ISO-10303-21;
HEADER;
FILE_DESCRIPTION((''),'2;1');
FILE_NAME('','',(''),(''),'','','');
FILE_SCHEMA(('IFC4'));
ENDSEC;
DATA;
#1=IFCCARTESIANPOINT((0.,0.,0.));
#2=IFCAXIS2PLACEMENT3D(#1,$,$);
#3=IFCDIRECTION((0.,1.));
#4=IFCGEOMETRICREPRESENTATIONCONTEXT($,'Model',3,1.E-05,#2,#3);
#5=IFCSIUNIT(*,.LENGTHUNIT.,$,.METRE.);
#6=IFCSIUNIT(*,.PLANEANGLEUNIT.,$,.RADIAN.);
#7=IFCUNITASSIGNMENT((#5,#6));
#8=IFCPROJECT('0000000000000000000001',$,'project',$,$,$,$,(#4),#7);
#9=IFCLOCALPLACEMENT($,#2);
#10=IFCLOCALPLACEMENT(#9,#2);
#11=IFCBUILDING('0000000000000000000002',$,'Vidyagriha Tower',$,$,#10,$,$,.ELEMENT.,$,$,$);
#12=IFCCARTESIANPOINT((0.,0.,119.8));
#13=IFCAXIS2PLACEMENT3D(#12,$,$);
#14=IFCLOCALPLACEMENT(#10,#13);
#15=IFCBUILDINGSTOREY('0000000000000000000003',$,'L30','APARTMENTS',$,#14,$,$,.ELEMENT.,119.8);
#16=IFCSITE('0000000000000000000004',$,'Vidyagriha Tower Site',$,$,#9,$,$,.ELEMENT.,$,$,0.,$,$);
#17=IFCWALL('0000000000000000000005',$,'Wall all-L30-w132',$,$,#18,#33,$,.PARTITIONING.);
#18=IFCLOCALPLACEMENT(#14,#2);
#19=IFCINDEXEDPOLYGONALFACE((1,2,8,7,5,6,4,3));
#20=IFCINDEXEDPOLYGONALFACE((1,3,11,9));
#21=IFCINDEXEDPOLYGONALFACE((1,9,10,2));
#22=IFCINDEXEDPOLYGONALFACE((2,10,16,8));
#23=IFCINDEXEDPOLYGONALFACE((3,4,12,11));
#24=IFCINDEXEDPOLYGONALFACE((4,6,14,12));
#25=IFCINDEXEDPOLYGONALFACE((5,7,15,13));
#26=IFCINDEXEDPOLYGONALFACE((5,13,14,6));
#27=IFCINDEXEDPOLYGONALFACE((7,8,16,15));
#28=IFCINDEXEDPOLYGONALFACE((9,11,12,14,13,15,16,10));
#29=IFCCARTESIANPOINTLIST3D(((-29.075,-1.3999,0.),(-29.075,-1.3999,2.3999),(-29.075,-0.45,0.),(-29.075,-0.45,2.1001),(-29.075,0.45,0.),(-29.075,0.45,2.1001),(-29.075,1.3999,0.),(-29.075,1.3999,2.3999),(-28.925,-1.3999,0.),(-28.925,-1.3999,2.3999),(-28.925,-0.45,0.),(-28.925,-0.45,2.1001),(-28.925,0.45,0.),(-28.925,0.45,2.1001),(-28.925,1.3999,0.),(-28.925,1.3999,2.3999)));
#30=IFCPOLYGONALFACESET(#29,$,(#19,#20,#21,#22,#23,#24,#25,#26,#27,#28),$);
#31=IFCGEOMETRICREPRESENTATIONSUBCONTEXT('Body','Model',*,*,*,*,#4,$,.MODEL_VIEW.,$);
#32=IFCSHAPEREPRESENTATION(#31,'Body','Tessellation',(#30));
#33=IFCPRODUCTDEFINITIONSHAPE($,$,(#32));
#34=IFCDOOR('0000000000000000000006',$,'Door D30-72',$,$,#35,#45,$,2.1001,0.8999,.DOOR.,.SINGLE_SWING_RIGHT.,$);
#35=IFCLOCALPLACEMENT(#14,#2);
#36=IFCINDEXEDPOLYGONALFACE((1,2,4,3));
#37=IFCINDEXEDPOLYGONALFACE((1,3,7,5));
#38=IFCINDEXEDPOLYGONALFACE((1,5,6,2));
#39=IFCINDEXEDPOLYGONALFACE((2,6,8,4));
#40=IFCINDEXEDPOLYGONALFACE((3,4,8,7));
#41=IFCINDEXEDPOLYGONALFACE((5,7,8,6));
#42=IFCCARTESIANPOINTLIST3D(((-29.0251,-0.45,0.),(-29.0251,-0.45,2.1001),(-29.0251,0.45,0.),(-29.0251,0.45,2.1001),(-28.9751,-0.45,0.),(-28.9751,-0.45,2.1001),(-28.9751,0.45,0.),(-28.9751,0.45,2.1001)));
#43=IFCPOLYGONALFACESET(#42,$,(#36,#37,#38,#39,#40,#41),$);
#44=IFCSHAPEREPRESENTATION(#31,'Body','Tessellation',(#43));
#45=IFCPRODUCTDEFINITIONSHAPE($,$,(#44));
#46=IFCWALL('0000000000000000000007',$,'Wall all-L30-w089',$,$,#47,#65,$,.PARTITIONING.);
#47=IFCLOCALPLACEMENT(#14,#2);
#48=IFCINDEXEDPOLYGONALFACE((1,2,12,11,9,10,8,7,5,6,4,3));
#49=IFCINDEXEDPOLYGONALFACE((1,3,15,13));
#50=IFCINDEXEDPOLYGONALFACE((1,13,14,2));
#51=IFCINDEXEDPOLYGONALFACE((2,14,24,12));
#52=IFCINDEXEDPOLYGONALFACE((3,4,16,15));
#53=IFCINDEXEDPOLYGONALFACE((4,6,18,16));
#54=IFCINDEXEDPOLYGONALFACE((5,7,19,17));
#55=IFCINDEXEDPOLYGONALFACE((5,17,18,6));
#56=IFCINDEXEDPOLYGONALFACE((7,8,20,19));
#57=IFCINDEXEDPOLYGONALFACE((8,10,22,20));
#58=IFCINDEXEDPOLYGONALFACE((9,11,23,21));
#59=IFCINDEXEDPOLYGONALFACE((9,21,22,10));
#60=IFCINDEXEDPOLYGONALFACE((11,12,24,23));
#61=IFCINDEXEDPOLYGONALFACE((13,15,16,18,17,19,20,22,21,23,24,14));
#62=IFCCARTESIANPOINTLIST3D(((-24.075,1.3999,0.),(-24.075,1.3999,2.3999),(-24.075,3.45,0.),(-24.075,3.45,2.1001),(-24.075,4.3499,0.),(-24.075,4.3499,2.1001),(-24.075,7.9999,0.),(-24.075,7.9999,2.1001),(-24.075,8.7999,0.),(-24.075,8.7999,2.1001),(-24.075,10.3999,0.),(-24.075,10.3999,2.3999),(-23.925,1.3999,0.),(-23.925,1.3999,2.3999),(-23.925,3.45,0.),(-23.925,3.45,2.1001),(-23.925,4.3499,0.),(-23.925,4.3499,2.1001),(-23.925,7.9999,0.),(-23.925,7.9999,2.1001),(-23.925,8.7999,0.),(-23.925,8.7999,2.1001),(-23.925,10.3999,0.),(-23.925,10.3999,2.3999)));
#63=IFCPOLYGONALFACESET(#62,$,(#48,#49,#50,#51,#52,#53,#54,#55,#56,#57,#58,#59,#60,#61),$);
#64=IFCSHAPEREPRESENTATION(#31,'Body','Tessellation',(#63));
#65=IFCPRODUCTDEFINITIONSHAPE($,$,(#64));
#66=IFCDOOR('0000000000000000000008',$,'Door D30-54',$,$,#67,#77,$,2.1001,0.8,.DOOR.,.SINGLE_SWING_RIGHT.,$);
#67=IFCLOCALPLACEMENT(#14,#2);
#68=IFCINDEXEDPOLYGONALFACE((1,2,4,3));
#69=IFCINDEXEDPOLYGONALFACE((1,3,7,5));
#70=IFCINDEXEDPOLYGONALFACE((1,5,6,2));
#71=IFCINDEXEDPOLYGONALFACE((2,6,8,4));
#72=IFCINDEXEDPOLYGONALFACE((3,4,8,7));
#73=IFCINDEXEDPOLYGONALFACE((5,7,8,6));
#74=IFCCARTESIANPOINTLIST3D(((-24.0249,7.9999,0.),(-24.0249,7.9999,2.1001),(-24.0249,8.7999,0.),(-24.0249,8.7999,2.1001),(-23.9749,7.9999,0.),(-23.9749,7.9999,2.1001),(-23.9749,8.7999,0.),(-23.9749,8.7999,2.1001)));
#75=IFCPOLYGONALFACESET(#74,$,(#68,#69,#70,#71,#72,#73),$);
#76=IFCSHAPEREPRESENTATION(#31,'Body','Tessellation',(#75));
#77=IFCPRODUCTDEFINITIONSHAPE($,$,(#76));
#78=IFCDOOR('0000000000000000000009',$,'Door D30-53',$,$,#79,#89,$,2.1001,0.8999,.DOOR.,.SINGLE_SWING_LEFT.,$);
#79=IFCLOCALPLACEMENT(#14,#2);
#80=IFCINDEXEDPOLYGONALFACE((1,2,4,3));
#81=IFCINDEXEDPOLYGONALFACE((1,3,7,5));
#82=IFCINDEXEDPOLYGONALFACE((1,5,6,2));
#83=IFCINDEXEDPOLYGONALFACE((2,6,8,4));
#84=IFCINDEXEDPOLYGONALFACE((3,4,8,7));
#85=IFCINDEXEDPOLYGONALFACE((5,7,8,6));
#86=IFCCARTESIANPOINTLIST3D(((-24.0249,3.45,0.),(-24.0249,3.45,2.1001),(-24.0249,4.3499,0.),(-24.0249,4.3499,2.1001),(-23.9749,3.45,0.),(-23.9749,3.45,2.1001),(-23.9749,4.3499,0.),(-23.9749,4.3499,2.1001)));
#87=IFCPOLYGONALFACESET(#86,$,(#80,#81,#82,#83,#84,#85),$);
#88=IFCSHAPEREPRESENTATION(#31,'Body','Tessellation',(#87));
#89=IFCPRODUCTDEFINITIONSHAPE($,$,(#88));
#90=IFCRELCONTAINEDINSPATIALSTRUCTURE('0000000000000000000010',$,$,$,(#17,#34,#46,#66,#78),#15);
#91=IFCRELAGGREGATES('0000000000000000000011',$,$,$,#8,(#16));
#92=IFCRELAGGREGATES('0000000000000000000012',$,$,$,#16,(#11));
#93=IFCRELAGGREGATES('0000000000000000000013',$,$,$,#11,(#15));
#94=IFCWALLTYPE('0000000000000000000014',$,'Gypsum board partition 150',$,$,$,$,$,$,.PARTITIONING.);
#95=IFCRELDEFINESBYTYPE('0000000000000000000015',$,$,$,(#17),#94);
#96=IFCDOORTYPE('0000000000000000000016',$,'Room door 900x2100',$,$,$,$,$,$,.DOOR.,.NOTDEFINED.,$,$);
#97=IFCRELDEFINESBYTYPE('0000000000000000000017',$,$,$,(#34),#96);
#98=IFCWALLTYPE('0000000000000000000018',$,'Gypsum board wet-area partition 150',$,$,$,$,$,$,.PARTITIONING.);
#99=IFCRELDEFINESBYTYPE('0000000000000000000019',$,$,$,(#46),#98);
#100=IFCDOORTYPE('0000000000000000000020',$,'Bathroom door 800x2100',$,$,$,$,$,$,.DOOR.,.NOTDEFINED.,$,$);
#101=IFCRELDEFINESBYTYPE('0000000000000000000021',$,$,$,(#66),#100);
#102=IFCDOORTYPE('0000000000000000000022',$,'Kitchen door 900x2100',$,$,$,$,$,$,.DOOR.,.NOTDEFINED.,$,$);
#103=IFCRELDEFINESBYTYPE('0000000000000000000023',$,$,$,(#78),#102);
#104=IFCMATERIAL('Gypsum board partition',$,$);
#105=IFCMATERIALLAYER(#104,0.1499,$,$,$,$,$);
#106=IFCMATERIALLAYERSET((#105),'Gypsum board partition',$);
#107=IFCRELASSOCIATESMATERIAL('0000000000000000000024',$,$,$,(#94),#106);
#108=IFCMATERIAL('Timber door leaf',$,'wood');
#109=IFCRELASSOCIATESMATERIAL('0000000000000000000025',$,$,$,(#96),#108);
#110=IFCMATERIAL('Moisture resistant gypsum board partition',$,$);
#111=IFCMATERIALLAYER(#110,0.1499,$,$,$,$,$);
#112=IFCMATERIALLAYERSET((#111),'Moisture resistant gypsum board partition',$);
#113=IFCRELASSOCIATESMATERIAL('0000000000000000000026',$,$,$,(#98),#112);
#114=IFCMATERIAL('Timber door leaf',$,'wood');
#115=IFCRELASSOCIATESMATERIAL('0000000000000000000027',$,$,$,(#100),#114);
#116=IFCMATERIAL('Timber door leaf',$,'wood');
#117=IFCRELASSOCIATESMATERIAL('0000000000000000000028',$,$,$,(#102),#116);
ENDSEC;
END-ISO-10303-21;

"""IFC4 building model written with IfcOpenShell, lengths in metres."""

from ifc_helpers import new_model, si_unit, direction, frame, frame_2d, origin, place, context, subcontext, project, spatial, rectangle, extrude, material, layer, layer_set, type_object, element, fill, save


model = new_model("IFC4")

# Units and contexts
model_context = context("Model", 3, precision=1e-05, world=origin(), true_north=direction((0.0, 1.0)))
body_context = subcontext(model_context, "Body", "Model", "MODEL_VIEW")
ifc_project = project(units=[si_unit("LENGTHUNIT", "METRE"), si_unit("PLANEANGLEUNIT", "RADIAN")], contexts=[model_context])

# Site, building, storey
site_placement = place(None, origin())
site = spatial("IfcSite", under=ifc_project, at=site_placement, Name="Vidyagriha Tower Site", CompositionType="ELEMENT", RefElevation=0.0)
building_placement = place(site_placement, origin())
building = spatial("IfcBuilding", under=site, at=building_placement, Name="Vidyagriha Tower", CompositionType="ELEMENT")
storey_placement = place(building_placement, frame((0.0, 0.0, 119.8)))
storey = spatial("IfcBuildingStorey", under=building, at=storey_placement, Name="L30", Description="APARTMENTS", CompositionType="ELEMENT", Elevation=119.8)

# Shared definitions
ifc_material_1 = material(Name="Gypsum board partition")
ifc_layer_1 = layer(ifc_material_1, 0.1499)
ifc_layer_set_1 = layer_set([ifc_layer_1], Name="Gypsum board partition")
wall_type_1 = type_object("IfcWallType", Name="Gypsum board partition 150", PredefinedType="PARTITIONING", material=ifc_layer_set_1)

# Shared definitions
ifc_material_2 = material(Name="Timber door leaf", Category="wood")
door_type_1 = type_object("IfcDoorType", Name="Room door 900x2100", OperationType="NOTDEFINED", PredefinedType="DOOR", material=ifc_material_2)

# Wall, opening, door
wall_1_placement = place(storey_placement, frame((-29.0, 1.3999, 0.0), z_axis=(0.0, 0.0, 1.0), x_axis=(0.0, -1.0, 0.0)))
wall_1 = element("IfcWall", 1, at=wall_1_placement, inside=storey, type_object=wall_type_1, Name="Wall all-L30-w132", PredefinedType="PARTITIONING", context=body_context, shape_type="SweptSolid", body=[
    extrude(rectangle(XDim=2.7998, YDim=0.1499, at=frame_2d((1.3999, 0.0))), origin(), (0.0, 0.0, 1.0), 2.3999),
])
opening_1_placement = place(wall_1_placement, frame((0.95, 0.0, 0.0)))
opening_1 = element("IfcOpeningElement", 2, at=opening_1_placement, cuts=wall_1, PredefinedType="OPENING", context=body_context, shape_type="SweptSolid", body=[
    extrude(rectangle(XDim=0.8999, YDim=2.1001, at=frame_2d((0.45, 1.05))), frame((0.0, 0.085, 0.0), z_axis=(0.0, -1.0, 0.0), x_axis=(1.0, 0.0, 0.0)), (0.0, 0.0, 1.0), 0.1699),
])
door_1_placement = place(opening_1_placement, origin())
door_1 = element("IfcDoor", 3, at=door_1_placement, inside=storey, type_object=door_type_1, Name="Door D30-72", OperationType="SINGLE_SWING_RIGHT", OverallHeight=2.1001, OverallWidth=0.8999, PredefinedType="DOOR", context=body_context, shape_type="SweptSolid", body=[
    extrude(rectangle(XDim=0.8999, YDim=2.1001, at=frame_2d((0.45, 1.05))), frame((0.0, 0.0249, 0.0), z_axis=(0.0, -1.0, 0.0), x_axis=(1.0, 0.0, 0.0)), (0.0, 0.0, 1.0), 0.05),
])
fill(opening_1, door_1)

# Wall, openings, doors
ifc_material_3 = material(Name="Moisture resistant gypsum board partition")
ifc_layer_2 = layer(ifc_material_3, 0.1499)
ifc_layer_set_2 = layer_set([ifc_layer_2], Name="Moisture resistant gypsum board partition")
wall_type_2 = type_object("IfcWallType", Name="Gypsum board wet-area partition 150", PredefinedType="PARTITIONING", material=ifc_layer_set_2)
wall_2_placement = place(storey_placement, frame((-24.0, 1.3999, 0.0), z_axis=(0.0, 0.0, 1.0), x_axis=(0.0, 1.0, 0.0)))
wall_2 = element("IfcWall", 4, at=wall_2_placement, inside=storey, type_object=wall_type_2, Name="Wall all-L30-w089", PredefinedType="PARTITIONING", context=body_context, shape_type="SweptSolid", body=[
    extrude(rectangle(XDim=9.0, YDim=0.1499, at=frame_2d((4.5, 0.0))), origin(), (0.0, 0.0, 1.0), 2.3999),
])
opening_2_placement = place(wall_2_placement, frame((2.05, 0.0, 0.0)))
opening_2 = element("IfcOpeningElement", 5, at=opening_2_placement, cuts=wall_2, PredefinedType="OPENING", context=body_context, shape_type="SweptSolid", body=[
    extrude(rectangle(XDim=0.8999, YDim=2.1001, at=frame_2d((0.45, 1.05))), frame((0.0, 0.085, 0.0), z_axis=(0.0, -1.0, 0.0), x_axis=(1.0, 0.0, 0.0)), (0.0, 0.0, 1.0), 0.1699),
])
opening_3_placement = place(wall_2_placement, frame((6.6001, 0.0, 0.0)))
opening_3 = element("IfcOpeningElement", 6, at=opening_3_placement, cuts=wall_2, PredefinedType="OPENING", context=body_context, shape_type="SweptSolid", body=[
    extrude(rectangle(XDim=0.8, YDim=2.1001, at=frame_2d((0.3999, 1.05))), frame((0.0, 0.085, 0.0), z_axis=(0.0, -1.0, 0.0), x_axis=(1.0, 0.0, 0.0)), (0.0, 0.0, 1.0), 0.1699),
])
ifc_material_4 = material(Name="Timber door leaf", Category="wood")
door_type_2 = type_object("IfcDoorType", Name="Bathroom door 800x2100", OperationType="NOTDEFINED", PredefinedType="DOOR", material=ifc_material_4)
door_2_placement = place(opening_3_placement, origin())
door_2 = element("IfcDoor", 7, at=door_2_placement, inside=storey, type_object=door_type_2, Name="Door D30-54", OperationType="SINGLE_SWING_RIGHT", OverallHeight=2.1001, OverallWidth=0.8, PredefinedType="DOOR", context=body_context, shape_type="SweptSolid", body=[
    extrude(rectangle(XDim=0.8, YDim=2.1001, at=frame_2d((0.3999, 1.05))), frame((0.0, 0.0249, 0.0), z_axis=(0.0, -1.0, 0.0), x_axis=(1.0, 0.0, 0.0)), (0.0, 0.0, 1.0), 0.05),
])
fill(opening_3, door_2)
ifc_material_5 = material(Name="Timber door leaf", Category="wood")
door_type_3 = type_object("IfcDoorType", Name="Kitchen door 900x2100", OperationType="NOTDEFINED", PredefinedType="DOOR", material=ifc_material_5)
door_3_placement = place(opening_2_placement, origin())
door_3 = element("IfcDoor", 8, at=door_3_placement, inside=storey, type_object=door_type_3, Name="Door D30-53", OperationType="SINGLE_SWING_LEFT", OverallHeight=2.1001, OverallWidth=0.8999, PredefinedType="DOOR", context=body_context, shape_type="SweptSolid", body=[
    extrude(rectangle(XDim=0.8999, YDim=2.1001, at=frame_2d((0.45, 1.05))), frame((0.0, 0.0249, 0.0), z_axis=(0.0, -1.0, 0.0), x_axis=(1.0, 0.0, 0.0)), (0.0, 0.0, 1.0), 0.05),
])
fill(opening_2, door_3)

save(model, "model.ifc")
